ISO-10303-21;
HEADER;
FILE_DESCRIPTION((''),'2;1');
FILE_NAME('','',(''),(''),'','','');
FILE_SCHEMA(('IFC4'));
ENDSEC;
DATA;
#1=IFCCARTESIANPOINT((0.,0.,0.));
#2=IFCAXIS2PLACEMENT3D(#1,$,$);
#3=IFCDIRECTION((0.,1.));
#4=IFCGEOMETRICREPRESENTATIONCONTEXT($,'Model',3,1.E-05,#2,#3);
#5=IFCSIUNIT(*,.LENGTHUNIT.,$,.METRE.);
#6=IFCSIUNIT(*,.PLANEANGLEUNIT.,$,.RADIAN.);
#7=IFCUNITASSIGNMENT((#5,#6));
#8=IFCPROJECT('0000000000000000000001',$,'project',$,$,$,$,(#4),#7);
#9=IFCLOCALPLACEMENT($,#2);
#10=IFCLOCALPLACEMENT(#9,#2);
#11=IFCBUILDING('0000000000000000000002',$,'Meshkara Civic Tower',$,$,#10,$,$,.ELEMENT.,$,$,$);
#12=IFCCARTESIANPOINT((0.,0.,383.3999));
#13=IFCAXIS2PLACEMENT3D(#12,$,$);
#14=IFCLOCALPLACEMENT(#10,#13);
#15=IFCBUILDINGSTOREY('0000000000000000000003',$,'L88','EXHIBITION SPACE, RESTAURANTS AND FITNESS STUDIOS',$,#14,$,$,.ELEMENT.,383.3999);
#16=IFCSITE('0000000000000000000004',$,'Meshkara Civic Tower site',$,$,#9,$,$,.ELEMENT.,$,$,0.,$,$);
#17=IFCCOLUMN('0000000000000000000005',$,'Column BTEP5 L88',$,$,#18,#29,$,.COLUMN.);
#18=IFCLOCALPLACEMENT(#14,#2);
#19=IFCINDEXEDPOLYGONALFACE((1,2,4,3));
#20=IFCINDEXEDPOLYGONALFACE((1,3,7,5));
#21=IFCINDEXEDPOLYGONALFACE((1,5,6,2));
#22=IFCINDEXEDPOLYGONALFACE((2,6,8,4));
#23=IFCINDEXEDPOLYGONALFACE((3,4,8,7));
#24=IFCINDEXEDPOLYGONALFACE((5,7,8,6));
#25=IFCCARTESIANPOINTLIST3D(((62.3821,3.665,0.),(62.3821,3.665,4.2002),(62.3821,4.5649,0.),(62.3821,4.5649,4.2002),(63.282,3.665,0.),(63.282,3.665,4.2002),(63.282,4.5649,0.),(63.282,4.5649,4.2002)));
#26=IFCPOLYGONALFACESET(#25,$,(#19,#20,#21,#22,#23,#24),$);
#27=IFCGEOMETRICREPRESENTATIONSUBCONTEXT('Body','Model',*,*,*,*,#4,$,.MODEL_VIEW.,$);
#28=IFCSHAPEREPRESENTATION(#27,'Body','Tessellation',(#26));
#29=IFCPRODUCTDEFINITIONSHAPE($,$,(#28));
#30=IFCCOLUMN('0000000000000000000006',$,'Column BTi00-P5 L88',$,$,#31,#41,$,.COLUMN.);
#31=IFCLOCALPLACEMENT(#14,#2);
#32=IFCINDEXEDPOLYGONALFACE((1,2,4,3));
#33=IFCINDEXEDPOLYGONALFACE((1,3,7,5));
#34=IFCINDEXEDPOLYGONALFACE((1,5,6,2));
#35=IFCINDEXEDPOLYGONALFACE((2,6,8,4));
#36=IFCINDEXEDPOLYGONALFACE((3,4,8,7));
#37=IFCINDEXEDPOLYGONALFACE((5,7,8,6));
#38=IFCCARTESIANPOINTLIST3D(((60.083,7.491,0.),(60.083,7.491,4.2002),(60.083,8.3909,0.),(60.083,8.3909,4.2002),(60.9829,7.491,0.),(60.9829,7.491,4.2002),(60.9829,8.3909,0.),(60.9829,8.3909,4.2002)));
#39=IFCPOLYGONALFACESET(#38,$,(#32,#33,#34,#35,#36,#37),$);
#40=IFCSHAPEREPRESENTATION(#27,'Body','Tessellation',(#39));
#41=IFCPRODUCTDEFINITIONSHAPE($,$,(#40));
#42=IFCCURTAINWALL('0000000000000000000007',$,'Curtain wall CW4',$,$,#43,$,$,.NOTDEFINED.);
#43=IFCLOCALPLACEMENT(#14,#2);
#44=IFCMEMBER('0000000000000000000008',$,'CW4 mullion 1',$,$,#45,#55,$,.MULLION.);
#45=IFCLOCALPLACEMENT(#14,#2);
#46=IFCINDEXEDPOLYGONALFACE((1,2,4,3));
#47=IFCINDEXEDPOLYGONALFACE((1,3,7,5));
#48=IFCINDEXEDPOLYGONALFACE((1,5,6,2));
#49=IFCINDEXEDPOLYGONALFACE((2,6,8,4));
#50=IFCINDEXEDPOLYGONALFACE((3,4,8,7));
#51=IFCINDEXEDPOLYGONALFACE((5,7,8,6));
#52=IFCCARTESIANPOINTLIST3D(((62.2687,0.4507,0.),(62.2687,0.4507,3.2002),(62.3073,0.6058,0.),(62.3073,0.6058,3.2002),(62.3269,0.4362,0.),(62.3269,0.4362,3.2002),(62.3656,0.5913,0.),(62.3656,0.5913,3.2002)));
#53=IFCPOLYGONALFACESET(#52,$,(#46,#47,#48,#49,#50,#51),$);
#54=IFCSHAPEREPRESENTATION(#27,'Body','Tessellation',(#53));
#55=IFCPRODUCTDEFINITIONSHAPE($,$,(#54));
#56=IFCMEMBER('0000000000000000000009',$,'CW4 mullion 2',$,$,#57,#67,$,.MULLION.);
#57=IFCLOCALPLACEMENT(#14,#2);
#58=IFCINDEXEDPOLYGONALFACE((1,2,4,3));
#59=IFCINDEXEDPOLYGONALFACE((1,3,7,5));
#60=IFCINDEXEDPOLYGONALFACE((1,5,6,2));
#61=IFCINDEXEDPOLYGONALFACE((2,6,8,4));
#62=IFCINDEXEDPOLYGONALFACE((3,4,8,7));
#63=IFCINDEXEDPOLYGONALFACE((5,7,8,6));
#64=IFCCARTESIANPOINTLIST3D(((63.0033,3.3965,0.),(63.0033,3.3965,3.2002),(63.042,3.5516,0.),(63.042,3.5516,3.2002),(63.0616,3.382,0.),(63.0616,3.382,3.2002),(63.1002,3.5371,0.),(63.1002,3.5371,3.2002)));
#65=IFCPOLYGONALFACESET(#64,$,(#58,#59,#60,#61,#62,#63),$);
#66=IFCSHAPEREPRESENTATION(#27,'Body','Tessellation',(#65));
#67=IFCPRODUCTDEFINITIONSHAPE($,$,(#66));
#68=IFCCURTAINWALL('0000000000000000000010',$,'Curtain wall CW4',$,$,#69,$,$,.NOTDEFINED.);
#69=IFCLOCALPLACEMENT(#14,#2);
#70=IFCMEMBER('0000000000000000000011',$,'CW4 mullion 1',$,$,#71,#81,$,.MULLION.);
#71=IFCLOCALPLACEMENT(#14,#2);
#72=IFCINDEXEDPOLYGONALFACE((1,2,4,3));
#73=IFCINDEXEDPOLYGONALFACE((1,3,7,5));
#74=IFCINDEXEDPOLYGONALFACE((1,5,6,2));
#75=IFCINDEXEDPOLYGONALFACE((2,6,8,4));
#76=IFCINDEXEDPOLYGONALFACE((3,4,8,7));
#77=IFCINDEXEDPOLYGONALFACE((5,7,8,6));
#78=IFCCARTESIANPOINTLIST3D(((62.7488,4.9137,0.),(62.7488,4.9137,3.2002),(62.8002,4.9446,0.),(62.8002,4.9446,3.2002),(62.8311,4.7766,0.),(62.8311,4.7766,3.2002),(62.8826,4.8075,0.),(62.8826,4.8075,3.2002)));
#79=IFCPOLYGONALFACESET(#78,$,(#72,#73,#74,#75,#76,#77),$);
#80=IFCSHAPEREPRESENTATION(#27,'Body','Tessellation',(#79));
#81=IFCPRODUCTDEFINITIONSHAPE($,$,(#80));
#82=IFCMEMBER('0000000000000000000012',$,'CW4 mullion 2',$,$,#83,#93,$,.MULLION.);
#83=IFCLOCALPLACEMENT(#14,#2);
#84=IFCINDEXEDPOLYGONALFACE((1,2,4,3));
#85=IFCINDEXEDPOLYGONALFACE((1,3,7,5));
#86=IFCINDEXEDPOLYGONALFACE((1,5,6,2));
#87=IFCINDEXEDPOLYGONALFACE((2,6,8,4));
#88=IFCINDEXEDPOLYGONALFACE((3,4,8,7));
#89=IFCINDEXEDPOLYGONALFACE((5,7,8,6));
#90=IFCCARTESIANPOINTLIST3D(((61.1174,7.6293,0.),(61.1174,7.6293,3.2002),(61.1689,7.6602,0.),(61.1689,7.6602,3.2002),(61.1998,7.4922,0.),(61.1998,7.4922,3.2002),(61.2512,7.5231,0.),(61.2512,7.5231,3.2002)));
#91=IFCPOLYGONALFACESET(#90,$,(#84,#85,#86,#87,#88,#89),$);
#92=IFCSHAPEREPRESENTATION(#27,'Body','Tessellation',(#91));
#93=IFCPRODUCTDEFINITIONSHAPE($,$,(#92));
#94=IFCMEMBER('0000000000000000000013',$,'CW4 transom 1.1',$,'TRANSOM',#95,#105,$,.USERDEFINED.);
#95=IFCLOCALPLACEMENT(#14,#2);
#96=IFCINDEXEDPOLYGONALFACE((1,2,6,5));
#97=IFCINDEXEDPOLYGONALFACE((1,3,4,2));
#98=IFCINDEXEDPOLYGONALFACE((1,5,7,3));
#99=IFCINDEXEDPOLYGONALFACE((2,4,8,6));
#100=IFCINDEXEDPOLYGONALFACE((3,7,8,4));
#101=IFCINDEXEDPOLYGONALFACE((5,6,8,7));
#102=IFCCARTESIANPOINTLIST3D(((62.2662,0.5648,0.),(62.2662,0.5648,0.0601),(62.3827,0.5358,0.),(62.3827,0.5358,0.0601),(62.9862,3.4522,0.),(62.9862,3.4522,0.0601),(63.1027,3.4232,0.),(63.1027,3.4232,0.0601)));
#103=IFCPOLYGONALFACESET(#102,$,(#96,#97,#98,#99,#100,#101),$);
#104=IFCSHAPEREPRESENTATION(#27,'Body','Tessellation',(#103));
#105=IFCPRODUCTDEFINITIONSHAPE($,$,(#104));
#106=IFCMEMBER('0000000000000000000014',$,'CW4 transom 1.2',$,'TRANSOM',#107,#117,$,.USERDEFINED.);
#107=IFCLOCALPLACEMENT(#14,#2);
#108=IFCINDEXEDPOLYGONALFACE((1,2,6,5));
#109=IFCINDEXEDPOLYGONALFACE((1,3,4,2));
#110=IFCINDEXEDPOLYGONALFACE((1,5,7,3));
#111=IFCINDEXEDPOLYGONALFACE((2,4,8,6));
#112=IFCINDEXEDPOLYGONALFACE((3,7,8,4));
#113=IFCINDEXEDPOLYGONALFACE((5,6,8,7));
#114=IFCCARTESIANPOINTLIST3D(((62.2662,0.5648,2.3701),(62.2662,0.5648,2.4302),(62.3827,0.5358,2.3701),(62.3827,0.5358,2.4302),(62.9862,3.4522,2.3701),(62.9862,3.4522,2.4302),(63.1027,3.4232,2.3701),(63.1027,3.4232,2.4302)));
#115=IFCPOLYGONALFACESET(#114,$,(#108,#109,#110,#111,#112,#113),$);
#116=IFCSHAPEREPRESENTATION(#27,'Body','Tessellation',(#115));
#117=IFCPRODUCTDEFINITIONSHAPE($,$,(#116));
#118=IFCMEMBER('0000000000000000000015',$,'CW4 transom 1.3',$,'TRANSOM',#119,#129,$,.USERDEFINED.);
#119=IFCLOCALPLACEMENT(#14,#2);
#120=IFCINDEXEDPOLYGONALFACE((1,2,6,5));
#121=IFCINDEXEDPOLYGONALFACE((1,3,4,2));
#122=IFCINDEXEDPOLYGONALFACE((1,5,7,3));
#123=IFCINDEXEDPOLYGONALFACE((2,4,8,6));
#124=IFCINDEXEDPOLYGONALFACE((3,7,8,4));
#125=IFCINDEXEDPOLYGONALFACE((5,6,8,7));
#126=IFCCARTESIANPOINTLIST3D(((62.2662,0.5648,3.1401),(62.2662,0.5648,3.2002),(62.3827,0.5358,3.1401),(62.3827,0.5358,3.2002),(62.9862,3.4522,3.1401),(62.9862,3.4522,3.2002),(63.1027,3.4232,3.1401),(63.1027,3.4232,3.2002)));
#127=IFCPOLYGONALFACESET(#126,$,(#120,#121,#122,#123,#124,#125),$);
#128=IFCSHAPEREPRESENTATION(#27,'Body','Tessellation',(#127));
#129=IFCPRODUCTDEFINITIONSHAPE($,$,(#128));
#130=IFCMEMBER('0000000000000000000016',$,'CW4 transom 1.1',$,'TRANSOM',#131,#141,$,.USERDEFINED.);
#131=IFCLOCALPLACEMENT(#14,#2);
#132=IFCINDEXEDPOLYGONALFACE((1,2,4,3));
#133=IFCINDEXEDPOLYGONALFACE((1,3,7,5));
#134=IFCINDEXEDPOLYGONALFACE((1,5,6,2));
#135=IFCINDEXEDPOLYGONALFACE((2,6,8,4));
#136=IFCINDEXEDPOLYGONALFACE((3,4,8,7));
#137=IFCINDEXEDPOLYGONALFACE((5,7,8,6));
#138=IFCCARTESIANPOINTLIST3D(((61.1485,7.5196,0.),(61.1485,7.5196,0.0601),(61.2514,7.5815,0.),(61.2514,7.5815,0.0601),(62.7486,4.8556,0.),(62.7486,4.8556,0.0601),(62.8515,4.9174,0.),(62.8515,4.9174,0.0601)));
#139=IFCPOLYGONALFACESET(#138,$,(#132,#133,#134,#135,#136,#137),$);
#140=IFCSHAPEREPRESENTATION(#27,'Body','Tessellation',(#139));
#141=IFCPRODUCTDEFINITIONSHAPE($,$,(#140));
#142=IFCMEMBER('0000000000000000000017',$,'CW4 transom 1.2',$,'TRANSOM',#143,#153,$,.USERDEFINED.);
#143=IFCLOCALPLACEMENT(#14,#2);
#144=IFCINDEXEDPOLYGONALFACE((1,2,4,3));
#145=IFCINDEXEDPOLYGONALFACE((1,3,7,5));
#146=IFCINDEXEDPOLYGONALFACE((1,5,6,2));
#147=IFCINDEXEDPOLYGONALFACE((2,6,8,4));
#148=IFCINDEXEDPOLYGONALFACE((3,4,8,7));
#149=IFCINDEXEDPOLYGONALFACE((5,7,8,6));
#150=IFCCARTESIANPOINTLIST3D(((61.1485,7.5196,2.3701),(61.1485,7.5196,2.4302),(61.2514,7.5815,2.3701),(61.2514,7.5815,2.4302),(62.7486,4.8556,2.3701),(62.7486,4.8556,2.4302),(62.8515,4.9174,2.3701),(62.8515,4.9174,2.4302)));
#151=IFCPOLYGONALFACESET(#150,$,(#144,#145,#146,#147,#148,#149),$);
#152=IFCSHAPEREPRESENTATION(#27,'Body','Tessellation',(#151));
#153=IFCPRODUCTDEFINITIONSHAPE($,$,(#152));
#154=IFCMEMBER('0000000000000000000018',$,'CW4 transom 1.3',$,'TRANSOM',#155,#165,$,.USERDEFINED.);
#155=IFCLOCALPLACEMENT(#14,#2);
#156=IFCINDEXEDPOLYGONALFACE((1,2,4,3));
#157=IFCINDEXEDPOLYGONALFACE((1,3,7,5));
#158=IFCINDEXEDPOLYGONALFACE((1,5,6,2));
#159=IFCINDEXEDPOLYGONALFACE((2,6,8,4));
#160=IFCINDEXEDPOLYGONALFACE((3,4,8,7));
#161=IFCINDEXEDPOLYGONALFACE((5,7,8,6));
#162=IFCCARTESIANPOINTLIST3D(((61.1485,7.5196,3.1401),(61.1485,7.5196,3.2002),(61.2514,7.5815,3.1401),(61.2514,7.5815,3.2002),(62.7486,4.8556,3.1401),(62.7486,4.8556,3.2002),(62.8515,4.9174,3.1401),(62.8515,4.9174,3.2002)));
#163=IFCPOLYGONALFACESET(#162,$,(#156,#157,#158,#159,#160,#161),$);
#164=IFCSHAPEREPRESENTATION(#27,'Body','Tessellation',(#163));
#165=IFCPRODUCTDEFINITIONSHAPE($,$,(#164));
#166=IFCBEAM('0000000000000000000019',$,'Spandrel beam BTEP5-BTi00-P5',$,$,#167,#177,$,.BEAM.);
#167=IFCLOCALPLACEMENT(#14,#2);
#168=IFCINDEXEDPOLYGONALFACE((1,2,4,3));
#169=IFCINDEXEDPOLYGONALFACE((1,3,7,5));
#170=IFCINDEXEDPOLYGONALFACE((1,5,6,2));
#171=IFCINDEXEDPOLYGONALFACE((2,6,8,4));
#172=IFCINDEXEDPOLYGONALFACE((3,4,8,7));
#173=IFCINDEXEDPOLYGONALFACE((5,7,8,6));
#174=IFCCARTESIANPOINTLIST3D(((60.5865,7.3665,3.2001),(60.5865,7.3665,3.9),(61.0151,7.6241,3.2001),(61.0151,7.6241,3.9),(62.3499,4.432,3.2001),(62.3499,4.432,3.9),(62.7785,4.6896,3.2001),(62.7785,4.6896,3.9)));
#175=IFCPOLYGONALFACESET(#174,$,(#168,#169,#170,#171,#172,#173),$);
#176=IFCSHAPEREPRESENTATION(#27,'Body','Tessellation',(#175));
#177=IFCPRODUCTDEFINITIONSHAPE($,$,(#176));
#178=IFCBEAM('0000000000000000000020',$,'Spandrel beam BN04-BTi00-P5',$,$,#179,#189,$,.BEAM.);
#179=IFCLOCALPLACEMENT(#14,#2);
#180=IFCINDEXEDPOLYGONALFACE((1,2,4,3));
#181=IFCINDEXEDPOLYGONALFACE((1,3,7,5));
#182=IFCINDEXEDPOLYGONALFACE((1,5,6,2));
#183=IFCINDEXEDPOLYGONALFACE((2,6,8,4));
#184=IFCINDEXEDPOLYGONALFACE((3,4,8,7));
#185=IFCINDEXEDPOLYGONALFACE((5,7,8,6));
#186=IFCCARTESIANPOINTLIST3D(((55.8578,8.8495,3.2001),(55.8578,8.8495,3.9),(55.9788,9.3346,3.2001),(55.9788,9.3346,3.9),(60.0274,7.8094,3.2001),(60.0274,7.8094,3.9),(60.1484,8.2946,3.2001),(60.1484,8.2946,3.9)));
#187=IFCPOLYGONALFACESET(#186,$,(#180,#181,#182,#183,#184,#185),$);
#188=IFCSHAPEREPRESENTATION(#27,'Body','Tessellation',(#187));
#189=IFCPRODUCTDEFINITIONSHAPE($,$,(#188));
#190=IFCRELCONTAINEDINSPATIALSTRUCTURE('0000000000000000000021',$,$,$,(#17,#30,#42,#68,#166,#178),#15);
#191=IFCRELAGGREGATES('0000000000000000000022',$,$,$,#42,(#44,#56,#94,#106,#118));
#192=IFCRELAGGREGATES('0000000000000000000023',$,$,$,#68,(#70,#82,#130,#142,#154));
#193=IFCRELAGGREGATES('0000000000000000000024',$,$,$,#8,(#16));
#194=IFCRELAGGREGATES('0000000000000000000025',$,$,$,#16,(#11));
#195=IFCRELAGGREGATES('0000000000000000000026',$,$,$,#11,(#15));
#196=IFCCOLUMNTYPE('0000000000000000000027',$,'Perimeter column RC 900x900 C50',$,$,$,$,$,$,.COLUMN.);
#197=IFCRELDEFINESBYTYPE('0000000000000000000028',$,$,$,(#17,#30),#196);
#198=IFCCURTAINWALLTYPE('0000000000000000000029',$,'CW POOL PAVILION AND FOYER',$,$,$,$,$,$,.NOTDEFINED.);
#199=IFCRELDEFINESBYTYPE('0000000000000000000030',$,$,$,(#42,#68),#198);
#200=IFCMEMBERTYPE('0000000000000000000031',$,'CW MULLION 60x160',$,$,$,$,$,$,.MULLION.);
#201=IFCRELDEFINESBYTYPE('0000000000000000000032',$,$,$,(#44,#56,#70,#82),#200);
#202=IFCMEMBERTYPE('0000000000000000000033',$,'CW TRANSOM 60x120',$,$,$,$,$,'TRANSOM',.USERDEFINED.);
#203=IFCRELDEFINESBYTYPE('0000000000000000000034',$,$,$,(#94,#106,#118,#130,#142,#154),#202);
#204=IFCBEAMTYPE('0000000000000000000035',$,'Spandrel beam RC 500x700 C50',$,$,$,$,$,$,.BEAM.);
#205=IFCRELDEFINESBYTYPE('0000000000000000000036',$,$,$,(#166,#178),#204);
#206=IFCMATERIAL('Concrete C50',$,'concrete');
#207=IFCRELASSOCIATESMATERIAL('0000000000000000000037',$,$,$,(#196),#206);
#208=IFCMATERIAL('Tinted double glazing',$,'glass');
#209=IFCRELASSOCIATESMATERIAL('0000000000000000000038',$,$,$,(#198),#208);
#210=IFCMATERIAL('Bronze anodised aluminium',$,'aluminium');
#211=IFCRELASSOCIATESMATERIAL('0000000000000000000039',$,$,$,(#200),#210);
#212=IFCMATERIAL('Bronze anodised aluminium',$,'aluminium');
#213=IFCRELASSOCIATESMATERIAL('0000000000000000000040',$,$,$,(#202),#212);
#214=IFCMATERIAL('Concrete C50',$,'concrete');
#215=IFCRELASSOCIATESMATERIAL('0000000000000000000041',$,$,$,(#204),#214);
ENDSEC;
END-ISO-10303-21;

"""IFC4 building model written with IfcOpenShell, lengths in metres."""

from ifc_helpers import new_model, si_unit, direction, frame, origin, origin_2d, place, context, subcontext, project, spatial, rectangle, extrude, material, material_profile, profile_set, type_object, element, aggregate, save


model = new_model("IFC4")

# Units and contexts
model_context = context("Model", 3, precision=1e-05, world=origin(), true_north=direction((0.0, 1.0)))
body_context = subcontext(model_context, "Body", "Model", "MODEL_VIEW")
ifc_project = project(units=[si_unit("LENGTHUNIT", "METRE"), si_unit("PLANEANGLEUNIT", "RADIAN")], contexts=[model_context])

# Site, building, storey
site_placement = place(None, origin())
site = spatial("IfcSite", under=ifc_project, at=site_placement, Name="Meshkara Civic Tower site", CompositionType="ELEMENT", RefElevation=0.0)
building_placement = place(site_placement, origin())
building = spatial("IfcBuilding", under=site, at=building_placement, Name="Meshkara Civic Tower", CompositionType="ELEMENT")
storey_placement = place(building_placement, frame((0.0, 0.0, 383.3999)))
storey = spatial("IfcBuildingStorey", under=building, at=storey_placement, Name="L88", Description="EXHIBITION SPACE, RESTAURANTS AND FITNESS STUDIOS", CompositionType="ELEMENT", Elevation=383.3999)

# Columns
ifc_material_1 = material(Name="Concrete C50", Category="concrete")
ifc_material_profile_1 = material_profile(ifc_material_1, rectangle(XDim=0.8999, YDim=0.8999, at=origin_2d()))
ifc_profile_set_1 = profile_set([ifc_material_profile_1], Name="Concrete C50")
column_type = type_object("IfcColumnType", Name="Perimeter column RC 900x900 C50", PredefinedType="COLUMN", material=ifc_profile_set_1)
for number, where, z_axis, x_axis, name in (
    (1, (62.832, 4.115, 0.0), (0.0, 0.0, 1.0), (1.0, 0.0, 0.0), "Column BTEP5 L88"),
    (2, (60.533, 7.9409, 0.0), (0.0, 0.0, 1.0), (1.0, 0.0, 0.0), "Column BTi00-P5 L88"),
):
    element("IfcColumn", number, at=place(storey_placement, frame(where, z_axis=z_axis, x_axis=x_axis)), inside=storey, type_object=column_type, Name=name, PredefinedType="COLUMN", context=body_context, shape_type="SweptSolid", body=[
        extrude(rectangle(XDim=0.8999, YDim=0.8999, at=origin_2d()), origin(), (0.0, 0.0, 1.0), 4.2002),
    ])

# Curtain walls, members
ifc_material_2 = material(Name="Tinted double glazing", Category="glass")
curtain_wall_type = type_object("IfcCurtainWallType", Name="CW POOL PAVILION AND FOYER", PredefinedType="NOTDEFINED", material=ifc_material_2)
curtain_wall_1_placement = place(storey_placement, origin())
curtain_wall_1 = element("IfcCurtainWall", 3, at=curtain_wall_1_placement, inside=storey, type_object=curtain_wall_type, Name="Curtain wall CW4", PredefinedType="NOTDEFINED")
ifc_material_3 = material(Name="Bronze anodised aluminium", Category="aluminium")
ifc_material_profile_2 = material_profile(ifc_material_3, rectangle(XDim=0.0601, YDim=0.1599, at=origin_2d()))
ifc_profile_set_2 = profile_set([ifc_material_profile_2], Name="Bronze anodised aluminium")
member_type_1 = type_object("IfcMemberType", Name="CW MULLION 60x160", PredefinedType="MULLION", material=ifc_profile_set_2)
member_1_placement = place(storey_placement, frame((62.3171, 0.521, 0.0), z_axis=(0.0, 0.0, 1.0), x_axis=(-0.970294, 0.241928, 0.0)))
member_1 = element("IfcMember", 4, at=member_1_placement, type_object=member_type_1, Name="CW4 mullion 1", PredefinedType="MULLION", context=body_context, shape_type="SweptSolid", body=[
    extrude(rectangle(XDim=0.0601, YDim=0.1599, at=origin_2d()), origin(), (0.0, 0.0, 1.0), 3.2002),
])
member_2_placement = place(storey_placement, frame((63.0518, 3.4668, 0.0), z_axis=(0.0, 0.0, 1.0), x_axis=(-0.970294, 0.241928, 0.0)))
member_2 = element("IfcMember", 5, at=member_2_placement, type_object=member_type_1, Name="CW4 mullion 2", PredefinedType="MULLION", context=body_context, shape_type="SweptSolid", body=[
    extrude(rectangle(XDim=0.0601, YDim=0.1599, at=origin_2d()), origin(), (0.0, 0.0, 1.0), 3.2002),
])
curtain_wall_2_placement = place(storey_placement, origin())
curtain_wall_2 = element("IfcCurtainWall", 6, at=curtain_wall_2_placement, inside=storey, type_object=curtain_wall_type, Name="Curtain wall CW4", PredefinedType="NOTDEFINED")
member_3_placement = place(storey_placement, frame((62.8157, 4.8606, 0.0), z_axis=(0.0, 0.0, 1.0), x_axis=(-0.857247, -0.514906, 0.0)))
member_3 = element("IfcMember", 7, at=member_3_placement, type_object=member_type_1, Name="CW4 mullion 1", PredefinedType="MULLION", context=body_context, shape_type="SweptSolid", body=[
    extrude(rectangle(XDim=0.0601, YDim=0.1599, at=origin_2d()), origin(), (0.0, 0.0, 1.0), 3.2002),
])
member_4_placement = place(storey_placement, frame((61.1843, 7.5762, 0.0), z_axis=(0.0, 0.0, 1.0), x_axis=(-0.857247, -0.514906, 0.0)))
member_4 = element("IfcMember", 8, at=member_4_placement, type_object=member_type_1, Name="CW4 mullion 2", PredefinedType="MULLION", context=body_context, shape_type="SweptSolid", body=[
    extrude(rectangle(XDim=0.0601, YDim=0.1599, at=origin_2d()), origin(), (0.0, 0.0, 1.0), 3.2002),
])

# Members
ifc_material_4 = material(Name="Bronze anodised aluminium", Category="aluminium")
ifc_material_profile_3 = material_profile(ifc_material_4, rectangle(XDim=0.1201, YDim=0.0601, at=origin_2d()))
ifc_profile_set_3 = profile_set([ifc_material_profile_3], Name="Bronze anodised aluminium")
member_type_2 = type_object("IfcMemberType", Name="CW TRANSOM 60x120", ElementType="TRANSOM", PredefinedType="USERDEFINED", material=ifc_profile_set_3)
member_5_placement = place(storey_placement, frame((62.3245, 0.5503, 0.03), z_axis=(0.241937, 0.970292, 0.0), x_axis=(-0.970292, 0.241937, 0.0)))
member_5 = element("IfcMember", 9, at=member_5_placement, type_object=member_type_2, Name="CW4 transom 1.1", ObjectType="TRANSOM", PredefinedType="USERDEFINED", context=body_context, shape_type="SweptSolid", body=[
    extrude(rectangle(XDim=0.1201, YDim=0.0601, at=origin_2d()), origin(), (0.0, 0.0, 1.0), 2.9758),
])
member_6_placement = place(storey_placement, frame((62.3245, 0.5503, 2.4001), z_axis=(0.241937, 0.970292, 0.0), x_axis=(-0.970292, 0.241937, 0.0)))
member_6 = element("IfcMember", 10, at=member_6_placement, type_object=member_type_2, Name="CW4 transom 1.2", ObjectType="TRANSOM", PredefinedType="USERDEFINED", context=body_context, shape_type="SweptSolid", body=[
    extrude(rectangle(XDim=0.1201, YDim=0.0601, at=origin_2d()), origin(), (0.0, 0.0, 1.0), 2.9758),
])
member_7_placement = place(storey_placement, frame((62.3245, 0.5503, 3.1702), z_axis=(0.241937, 0.970292, 0.0), x_axis=(-0.970292, 0.241937, 0.0)))
member_7 = element("IfcMember", 11, at=member_7_placement, type_object=member_type_2, Name="CW4 transom 1.3", ObjectType="TRANSOM", PredefinedType="USERDEFINED", context=body_context, shape_type="SweptSolid", body=[
    extrude(rectangle(XDim=0.1201, YDim=0.0601, at=origin_2d()), origin(), (0.0, 0.0, 1.0), 2.9758),
])
member_8_placement = place(storey_placement, frame((62.8, 4.8865, 0.03), z_axis=(-0.514889, 0.857257, 0.0), x_axis=(-0.857257, -0.514889, 0.0)))
member_8 = element("IfcMember", 12, at=member_8_placement, type_object=member_type_2, Name="CW4 transom 1.1", ObjectType="TRANSOM", PredefinedType="USERDEFINED", context=body_context, shape_type="SweptSolid", body=[
    extrude(rectangle(XDim=0.1201, YDim=0.0601, at=origin_2d()), origin(), (0.0, 0.0, 1.0), 3.1077),
])
member_9_placement = place(storey_placement, frame((62.8, 4.8865, 2.4001), z_axis=(-0.514889, 0.857257, 0.0), x_axis=(-0.857257, -0.514889, 0.0)))
member_9 = element("IfcMember", 13, at=member_9_placement, type_object=member_type_2, Name="CW4 transom 1.2", ObjectType="TRANSOM", PredefinedType="USERDEFINED", context=body_context, shape_type="SweptSolid", body=[
    extrude(rectangle(XDim=0.1201, YDim=0.0601, at=origin_2d()), origin(), (0.0, 0.0, 1.0), 3.1077),
])
member_10_placement = place(storey_placement, frame((62.8, 4.8865, 3.1702), z_axis=(-0.514889, 0.857257, 0.0), x_axis=(-0.857257, -0.514889, 0.0)))
member_10 = element("IfcMember", 14, at=member_10_placement, type_object=member_type_2, Name="CW4 transom 1.3", ObjectType="TRANSOM", PredefinedType="USERDEFINED", context=body_context, shape_type="SweptSolid", body=[
    extrude(rectangle(XDim=0.1201, YDim=0.0601, at=origin_2d()), origin(), (0.0, 0.0, 1.0), 3.1077),
])

# Beams
ifc_material_5 = material(Name="Concrete C50", Category="concrete")
ifc_material_profile_4 = material_profile(ifc_material_5, rectangle(XDim=0.5, YDim=0.7, at=origin_2d()))
ifc_profile_set_4 = profile_set([ifc_material_profile_4], Name="Concrete C50")
beam_type = type_object("IfcBeamType", Name="Spandrel beam RC 500x700 C50", PredefinedType="BEAM", material=ifc_profile_set_4)
beam_1_placement = place(storey_placement, frame((62.5642, 4.5608, 3.55), z_axis=(-0.515072, 0.857147, 0.0), x_axis=(-0.857147, -0.515072, 0.0)))
element("IfcBeam", 15, at=beam_1_placement, inside=storey, type_object=beam_type, Name="Spandrel beam BTEP5-BTi00-P5", PredefinedType="BEAM", context=body_context, shape_type="SweptSolid", body=[
    extrude(rectangle(XDim=0.5, YDim=0.7, at=origin_2d()), origin(), (0.0, 0.0, 1.0), 3.4236),
])
beam_2_placement = place(storey_placement, frame((60.0879, 8.052, 3.55), z_axis=(-0.970273, 0.242014, 0.0), x_axis=(-0.242014, -0.970273, 0.0)))
element("IfcBeam", 16, at=beam_2_placement, inside=storey, type_object=beam_type, Name="Spandrel beam BN04-BTi00-P5", PredefinedType="BEAM", context=body_context, shape_type="SweptSolid", body=[
    extrude(rectangle(XDim=0.5, YDim=0.7, at=origin_2d()), origin(), (0.0, 0.0, 1.0), 4.2974),
])

aggregate(curtain_wall_1, [member_1, member_2, member_5, member_6, member_7])
aggregate(curtain_wall_2, [member_3, member_4, member_8, member_9, member_10])

save(model, "model.ifc")
